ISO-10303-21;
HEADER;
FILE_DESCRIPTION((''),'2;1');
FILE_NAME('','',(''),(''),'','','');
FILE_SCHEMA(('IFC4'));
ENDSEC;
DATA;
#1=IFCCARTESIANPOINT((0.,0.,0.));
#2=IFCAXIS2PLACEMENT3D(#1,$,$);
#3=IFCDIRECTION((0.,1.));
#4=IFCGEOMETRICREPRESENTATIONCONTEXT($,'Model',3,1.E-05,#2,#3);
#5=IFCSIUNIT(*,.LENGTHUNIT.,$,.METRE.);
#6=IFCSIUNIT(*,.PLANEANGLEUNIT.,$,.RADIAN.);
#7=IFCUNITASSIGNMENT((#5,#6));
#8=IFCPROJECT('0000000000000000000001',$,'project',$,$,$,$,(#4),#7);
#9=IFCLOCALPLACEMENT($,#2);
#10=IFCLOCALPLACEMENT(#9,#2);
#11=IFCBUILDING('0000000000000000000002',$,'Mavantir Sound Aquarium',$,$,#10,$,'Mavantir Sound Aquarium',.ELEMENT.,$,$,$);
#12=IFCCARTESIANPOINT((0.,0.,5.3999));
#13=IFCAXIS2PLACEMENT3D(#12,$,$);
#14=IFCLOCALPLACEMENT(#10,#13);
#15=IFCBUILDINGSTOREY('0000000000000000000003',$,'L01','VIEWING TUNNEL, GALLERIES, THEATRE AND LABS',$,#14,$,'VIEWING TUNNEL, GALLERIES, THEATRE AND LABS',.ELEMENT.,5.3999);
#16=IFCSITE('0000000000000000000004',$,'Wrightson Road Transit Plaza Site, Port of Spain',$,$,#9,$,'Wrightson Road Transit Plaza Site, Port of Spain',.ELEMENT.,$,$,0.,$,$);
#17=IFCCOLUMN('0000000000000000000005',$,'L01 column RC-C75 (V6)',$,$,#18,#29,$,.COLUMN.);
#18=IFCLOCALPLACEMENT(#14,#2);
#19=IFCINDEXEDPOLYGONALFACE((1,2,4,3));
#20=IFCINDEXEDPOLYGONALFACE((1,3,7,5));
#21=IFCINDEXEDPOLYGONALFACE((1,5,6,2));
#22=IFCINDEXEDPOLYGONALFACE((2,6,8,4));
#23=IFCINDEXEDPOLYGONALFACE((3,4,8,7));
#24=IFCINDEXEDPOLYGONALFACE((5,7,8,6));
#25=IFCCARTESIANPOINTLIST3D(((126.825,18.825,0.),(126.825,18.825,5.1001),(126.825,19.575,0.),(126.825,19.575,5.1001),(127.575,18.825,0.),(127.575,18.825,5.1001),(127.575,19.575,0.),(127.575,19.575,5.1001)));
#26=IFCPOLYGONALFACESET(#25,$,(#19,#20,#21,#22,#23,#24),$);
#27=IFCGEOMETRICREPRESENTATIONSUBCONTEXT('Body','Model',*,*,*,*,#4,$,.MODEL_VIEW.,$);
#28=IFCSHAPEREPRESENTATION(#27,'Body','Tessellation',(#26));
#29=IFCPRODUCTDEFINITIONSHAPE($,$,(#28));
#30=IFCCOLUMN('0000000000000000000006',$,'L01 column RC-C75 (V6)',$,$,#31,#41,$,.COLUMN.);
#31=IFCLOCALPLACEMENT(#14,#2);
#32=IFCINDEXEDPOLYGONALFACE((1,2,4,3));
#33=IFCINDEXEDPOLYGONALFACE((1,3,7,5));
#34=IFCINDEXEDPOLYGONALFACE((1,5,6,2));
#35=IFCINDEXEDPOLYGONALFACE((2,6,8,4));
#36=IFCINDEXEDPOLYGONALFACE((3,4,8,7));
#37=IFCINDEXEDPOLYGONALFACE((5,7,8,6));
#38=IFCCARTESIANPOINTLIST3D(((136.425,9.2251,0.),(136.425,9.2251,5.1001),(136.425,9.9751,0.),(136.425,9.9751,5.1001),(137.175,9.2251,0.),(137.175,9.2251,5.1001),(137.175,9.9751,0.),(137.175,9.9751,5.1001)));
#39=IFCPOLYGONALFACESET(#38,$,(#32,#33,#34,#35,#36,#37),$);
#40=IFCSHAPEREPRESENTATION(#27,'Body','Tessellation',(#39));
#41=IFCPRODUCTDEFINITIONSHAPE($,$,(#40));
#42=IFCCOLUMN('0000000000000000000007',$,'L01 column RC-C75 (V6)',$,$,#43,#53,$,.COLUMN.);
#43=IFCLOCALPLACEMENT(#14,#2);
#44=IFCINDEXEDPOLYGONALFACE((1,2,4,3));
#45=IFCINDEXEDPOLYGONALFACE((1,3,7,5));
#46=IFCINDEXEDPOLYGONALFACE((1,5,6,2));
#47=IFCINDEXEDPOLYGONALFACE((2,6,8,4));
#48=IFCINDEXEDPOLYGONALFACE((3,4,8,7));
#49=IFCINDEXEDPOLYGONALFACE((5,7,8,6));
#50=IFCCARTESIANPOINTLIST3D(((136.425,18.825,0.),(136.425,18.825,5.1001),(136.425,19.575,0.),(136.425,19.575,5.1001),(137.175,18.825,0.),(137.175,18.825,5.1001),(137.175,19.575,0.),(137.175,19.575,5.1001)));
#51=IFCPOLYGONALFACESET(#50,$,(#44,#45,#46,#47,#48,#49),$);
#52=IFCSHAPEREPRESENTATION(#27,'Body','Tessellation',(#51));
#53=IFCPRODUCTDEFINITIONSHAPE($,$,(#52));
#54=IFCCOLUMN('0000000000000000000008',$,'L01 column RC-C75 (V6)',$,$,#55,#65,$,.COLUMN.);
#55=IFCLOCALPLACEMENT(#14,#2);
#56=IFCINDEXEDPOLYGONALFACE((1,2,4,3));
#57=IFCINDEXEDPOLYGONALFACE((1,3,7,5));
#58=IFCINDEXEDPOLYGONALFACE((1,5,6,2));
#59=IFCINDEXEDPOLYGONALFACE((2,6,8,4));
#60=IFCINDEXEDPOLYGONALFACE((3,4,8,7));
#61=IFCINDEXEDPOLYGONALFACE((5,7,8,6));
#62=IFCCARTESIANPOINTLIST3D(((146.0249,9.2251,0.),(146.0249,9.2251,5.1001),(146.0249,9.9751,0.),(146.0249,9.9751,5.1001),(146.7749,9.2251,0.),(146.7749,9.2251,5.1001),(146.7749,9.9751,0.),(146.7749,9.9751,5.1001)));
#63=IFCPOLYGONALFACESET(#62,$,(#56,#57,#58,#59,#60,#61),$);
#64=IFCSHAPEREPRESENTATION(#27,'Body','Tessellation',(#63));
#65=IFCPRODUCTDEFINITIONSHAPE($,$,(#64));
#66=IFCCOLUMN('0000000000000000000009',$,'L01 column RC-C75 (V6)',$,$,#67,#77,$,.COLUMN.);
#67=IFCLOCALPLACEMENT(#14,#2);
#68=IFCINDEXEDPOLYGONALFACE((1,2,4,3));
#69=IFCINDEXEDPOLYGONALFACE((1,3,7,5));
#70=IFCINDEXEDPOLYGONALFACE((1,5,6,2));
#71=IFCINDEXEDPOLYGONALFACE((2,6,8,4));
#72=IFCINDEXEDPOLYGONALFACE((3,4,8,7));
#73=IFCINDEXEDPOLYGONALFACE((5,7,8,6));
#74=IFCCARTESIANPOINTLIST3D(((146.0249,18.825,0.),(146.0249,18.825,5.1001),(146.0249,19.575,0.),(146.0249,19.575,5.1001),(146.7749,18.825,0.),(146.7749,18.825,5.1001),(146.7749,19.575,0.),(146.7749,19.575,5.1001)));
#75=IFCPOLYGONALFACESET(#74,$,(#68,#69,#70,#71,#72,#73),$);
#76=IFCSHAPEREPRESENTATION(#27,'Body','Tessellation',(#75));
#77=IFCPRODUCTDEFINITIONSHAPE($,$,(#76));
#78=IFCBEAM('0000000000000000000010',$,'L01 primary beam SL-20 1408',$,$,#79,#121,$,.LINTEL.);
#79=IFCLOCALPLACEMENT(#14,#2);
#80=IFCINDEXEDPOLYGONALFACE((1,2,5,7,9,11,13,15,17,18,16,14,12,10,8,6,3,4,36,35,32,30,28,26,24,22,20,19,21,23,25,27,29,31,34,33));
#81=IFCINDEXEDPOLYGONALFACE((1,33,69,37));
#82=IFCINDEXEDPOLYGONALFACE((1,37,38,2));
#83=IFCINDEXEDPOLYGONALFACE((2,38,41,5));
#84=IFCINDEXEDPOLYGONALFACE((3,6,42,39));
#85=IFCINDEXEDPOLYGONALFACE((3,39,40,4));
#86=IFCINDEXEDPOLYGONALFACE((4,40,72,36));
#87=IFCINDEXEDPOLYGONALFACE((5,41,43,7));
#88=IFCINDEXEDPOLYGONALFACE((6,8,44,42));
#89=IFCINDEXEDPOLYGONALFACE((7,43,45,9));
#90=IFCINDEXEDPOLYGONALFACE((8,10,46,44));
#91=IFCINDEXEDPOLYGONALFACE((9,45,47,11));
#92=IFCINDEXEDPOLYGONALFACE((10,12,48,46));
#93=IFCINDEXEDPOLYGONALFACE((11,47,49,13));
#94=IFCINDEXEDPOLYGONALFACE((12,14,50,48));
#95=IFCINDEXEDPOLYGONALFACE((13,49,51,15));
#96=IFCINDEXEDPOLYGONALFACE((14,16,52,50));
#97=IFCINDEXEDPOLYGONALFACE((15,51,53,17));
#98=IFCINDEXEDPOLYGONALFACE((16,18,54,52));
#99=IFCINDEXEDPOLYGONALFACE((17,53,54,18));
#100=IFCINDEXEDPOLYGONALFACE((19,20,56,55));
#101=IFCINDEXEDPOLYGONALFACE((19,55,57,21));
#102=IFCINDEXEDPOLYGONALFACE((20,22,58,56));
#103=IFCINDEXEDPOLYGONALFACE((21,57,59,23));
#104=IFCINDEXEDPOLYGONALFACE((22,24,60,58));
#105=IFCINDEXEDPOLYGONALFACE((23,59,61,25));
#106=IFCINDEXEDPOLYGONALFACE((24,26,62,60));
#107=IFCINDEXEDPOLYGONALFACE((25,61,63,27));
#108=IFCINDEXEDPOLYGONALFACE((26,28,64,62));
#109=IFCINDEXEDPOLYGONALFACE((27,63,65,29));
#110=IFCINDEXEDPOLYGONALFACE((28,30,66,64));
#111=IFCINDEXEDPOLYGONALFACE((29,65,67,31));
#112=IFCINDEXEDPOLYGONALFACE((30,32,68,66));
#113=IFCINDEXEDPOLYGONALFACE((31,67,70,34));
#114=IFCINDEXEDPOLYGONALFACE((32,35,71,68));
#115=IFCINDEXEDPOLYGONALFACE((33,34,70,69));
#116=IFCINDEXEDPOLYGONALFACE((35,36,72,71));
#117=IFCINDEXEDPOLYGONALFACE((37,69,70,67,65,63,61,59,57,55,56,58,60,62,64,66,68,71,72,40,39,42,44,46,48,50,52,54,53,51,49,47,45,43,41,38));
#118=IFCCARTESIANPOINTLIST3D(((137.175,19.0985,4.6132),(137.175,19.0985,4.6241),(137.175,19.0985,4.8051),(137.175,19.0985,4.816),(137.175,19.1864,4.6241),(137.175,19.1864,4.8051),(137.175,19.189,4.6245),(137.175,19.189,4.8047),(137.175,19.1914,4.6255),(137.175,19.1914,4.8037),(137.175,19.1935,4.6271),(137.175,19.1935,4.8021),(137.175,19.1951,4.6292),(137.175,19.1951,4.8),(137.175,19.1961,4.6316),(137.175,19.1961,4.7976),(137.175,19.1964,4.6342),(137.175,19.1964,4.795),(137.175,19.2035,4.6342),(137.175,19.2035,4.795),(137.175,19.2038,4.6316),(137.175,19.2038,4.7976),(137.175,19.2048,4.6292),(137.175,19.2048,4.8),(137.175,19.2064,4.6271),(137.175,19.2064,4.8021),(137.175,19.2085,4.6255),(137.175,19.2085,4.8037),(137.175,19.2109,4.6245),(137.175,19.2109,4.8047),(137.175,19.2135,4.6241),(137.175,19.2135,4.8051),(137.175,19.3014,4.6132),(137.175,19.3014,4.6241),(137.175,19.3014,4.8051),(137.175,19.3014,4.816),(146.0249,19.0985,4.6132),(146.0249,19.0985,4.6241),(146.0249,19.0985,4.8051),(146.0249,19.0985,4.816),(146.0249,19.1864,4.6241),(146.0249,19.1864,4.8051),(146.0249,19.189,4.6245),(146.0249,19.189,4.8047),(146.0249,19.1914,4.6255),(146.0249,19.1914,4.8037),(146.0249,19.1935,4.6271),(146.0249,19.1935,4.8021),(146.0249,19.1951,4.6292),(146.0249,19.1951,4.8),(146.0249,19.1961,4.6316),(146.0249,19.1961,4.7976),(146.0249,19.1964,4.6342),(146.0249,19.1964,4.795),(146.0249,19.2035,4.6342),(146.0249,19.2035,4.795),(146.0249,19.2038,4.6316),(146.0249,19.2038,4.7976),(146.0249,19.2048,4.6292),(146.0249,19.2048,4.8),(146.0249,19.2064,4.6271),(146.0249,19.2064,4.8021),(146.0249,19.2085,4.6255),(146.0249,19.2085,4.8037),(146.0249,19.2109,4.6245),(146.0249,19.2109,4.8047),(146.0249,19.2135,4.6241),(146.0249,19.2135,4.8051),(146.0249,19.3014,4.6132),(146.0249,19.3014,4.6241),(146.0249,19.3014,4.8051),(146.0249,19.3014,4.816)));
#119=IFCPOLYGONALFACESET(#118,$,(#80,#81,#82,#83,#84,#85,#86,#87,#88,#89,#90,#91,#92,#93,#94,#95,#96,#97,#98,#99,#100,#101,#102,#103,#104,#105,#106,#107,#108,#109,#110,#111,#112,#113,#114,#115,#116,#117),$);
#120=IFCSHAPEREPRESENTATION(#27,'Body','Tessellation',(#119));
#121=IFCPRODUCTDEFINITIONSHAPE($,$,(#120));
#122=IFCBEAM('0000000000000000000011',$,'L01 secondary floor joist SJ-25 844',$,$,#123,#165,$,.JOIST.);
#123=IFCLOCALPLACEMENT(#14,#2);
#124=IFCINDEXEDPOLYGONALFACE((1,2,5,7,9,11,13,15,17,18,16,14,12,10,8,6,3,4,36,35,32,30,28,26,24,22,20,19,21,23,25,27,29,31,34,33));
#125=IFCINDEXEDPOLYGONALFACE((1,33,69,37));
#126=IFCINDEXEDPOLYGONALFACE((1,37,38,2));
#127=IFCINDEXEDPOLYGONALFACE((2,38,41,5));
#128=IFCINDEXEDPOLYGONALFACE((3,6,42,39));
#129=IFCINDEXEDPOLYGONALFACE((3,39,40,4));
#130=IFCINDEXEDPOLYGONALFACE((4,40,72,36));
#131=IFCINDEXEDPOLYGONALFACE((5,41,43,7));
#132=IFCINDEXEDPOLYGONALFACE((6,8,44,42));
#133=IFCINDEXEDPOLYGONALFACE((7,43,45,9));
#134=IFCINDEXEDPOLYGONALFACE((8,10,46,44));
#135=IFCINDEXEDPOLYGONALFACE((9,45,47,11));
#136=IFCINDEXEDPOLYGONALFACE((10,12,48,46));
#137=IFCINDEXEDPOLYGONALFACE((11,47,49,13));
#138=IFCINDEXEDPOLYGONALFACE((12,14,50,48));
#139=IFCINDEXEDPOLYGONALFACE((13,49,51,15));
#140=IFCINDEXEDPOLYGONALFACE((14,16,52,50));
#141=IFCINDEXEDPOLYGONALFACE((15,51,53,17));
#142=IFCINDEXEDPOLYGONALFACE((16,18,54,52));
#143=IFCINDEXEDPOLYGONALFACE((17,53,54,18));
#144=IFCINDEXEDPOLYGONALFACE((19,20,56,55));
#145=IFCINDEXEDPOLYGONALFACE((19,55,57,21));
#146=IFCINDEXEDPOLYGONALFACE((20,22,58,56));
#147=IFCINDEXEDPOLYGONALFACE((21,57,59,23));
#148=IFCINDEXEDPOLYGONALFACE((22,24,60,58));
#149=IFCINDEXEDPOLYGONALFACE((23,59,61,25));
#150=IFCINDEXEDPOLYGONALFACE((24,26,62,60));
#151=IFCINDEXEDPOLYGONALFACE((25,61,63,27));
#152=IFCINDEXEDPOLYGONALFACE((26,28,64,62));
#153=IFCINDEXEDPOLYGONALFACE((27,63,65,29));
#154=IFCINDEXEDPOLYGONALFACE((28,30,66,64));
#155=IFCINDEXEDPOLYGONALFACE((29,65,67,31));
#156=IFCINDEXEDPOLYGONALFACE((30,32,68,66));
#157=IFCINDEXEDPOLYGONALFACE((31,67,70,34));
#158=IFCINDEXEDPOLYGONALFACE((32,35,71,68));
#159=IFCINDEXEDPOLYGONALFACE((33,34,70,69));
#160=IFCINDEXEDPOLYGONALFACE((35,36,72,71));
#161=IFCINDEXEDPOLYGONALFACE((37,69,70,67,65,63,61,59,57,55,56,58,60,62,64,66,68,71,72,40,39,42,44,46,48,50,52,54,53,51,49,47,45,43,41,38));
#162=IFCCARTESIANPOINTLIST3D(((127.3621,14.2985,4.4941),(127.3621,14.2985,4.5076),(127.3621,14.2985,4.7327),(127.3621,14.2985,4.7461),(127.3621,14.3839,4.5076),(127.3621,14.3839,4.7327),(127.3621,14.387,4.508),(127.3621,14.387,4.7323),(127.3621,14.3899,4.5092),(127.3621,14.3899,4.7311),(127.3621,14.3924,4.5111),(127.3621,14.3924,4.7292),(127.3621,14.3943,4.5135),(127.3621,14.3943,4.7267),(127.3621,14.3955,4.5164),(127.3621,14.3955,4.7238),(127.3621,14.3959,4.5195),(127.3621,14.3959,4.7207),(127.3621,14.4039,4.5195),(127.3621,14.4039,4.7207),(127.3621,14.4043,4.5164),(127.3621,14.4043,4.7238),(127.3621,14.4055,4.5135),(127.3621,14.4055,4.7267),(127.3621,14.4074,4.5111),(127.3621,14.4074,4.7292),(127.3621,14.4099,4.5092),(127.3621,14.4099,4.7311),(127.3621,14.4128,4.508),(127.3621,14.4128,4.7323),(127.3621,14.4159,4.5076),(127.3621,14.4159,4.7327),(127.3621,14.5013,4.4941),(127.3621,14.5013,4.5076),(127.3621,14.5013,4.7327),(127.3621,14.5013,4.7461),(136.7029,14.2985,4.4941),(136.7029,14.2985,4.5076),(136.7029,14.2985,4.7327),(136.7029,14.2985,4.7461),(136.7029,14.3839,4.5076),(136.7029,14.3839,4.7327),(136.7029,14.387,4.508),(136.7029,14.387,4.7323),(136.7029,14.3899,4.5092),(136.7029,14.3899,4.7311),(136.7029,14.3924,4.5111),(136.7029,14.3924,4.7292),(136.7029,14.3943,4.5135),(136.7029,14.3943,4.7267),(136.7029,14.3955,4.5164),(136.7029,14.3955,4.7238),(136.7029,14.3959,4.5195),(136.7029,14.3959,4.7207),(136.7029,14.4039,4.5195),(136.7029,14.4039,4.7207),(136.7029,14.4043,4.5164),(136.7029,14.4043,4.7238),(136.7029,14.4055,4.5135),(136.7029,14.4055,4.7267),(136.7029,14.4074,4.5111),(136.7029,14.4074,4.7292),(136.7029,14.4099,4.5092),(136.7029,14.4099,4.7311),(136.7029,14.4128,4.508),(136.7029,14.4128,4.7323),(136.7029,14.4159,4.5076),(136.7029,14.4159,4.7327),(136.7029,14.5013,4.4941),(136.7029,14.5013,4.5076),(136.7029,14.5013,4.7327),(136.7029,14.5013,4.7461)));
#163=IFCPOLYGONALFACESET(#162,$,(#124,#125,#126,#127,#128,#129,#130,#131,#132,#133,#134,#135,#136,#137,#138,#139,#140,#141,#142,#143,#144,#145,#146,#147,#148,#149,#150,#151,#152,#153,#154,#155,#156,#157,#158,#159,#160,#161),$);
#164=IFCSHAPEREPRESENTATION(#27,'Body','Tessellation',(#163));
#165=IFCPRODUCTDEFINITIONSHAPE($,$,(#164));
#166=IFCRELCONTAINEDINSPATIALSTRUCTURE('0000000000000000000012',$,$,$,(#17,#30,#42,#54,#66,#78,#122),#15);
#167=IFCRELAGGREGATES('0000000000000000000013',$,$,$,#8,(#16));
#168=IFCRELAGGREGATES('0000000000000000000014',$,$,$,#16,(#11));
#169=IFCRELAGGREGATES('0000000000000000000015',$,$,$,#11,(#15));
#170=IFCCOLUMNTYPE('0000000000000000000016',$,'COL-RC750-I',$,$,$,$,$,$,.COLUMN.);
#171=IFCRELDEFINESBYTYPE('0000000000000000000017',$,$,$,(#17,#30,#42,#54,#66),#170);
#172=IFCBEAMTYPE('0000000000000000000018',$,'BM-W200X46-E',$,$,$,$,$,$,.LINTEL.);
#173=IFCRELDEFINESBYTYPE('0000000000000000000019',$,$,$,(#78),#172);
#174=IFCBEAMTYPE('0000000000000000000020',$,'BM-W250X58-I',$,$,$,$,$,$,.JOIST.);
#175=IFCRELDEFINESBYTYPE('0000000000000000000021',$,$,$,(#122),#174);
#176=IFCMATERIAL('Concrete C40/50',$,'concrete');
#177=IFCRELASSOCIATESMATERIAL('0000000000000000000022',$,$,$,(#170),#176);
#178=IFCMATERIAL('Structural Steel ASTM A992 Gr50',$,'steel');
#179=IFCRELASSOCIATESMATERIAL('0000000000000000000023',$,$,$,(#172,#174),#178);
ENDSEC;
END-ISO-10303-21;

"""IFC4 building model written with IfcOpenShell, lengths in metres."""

from ifc_helpers import new_model, si_unit, direction, frame, origin, origin_2d, place, context, subcontext, project, spatial, rectangle, i_section, extrude, material, material_profile, profile_set, type_object, element, save


model = new_model("IFC4")

# Units and contexts
model_context = context("Model", 3, precision=1e-05, world=origin(), true_north=direction((0.0, 1.0)))
body_context = subcontext(model_context, "Body", "Model", "MODEL_VIEW")
ifc_project = project(units=[si_unit("LENGTHUNIT", "METRE"), si_unit("PLANEANGLEUNIT", "RADIAN")], contexts=[model_context])

# Site, building, storey
site_placement = place(None, origin())
site = spatial("IfcSite", under=ifc_project, at=site_placement, Name="Wrightson Road Transit Plaza Site, Port of Spain", LongName="Wrightson Road Transit Plaza Site, Port of Spain", CompositionType="ELEMENT", RefElevation=0.0)
building_placement = place(site_placement, origin())
building = spatial("IfcBuilding", under=site, at=building_placement, Name="Mavantir Sound Aquarium", LongName="Mavantir Sound Aquarium", CompositionType="ELEMENT")
storey_placement = place(building_placement, frame((0.0, 0.0, 5.3999)))
storey = spatial("IfcBuildingStorey", under=building, at=storey_placement, Name="L01", Description="VIEWING TUNNEL, GALLERIES, THEATRE AND LABS", LongName="VIEWING TUNNEL, GALLERIES, THEATRE AND LABS", CompositionType="ELEMENT", Elevation=5.3999)

# Columns
ifc_material_1 = material(Name="Concrete C40/50", Category="concrete")
ifc_material_profile_1 = material_profile(ifc_material_1, rectangle(XDim=0.75, YDim=0.75, at=origin_2d()), Name="RC 750X750")
ifc_profile_set_1 = profile_set([ifc_material_profile_1], Name="Concrete C40/50")
column_type = type_object("IfcColumnType", Name="COL-RC750-I", PredefinedType="COLUMN", material=ifc_profile_set_1)
for number, where, z_axis, x_axis, name in (
    (1, (127.2, 19.2, 0.0), (0.0, 0.0, 1.0), (1.0, 0.0, 0.0), "L01 column RC-C75 (V6)"),
    (2, (136.8, 9.6001, 0.0), (0.0, 0.0, 1.0), (1.0, 0.0, 0.0), "L01 column RC-C75 (V6)"),
    (3, (136.8, 19.2, 0.0), (0.0, 0.0, 1.0), (1.0, 0.0, 0.0), "L01 column RC-C75 (V6)"),
    (4, (146.3999, 9.6001, 0.0), (0.0, 0.0, 1.0), (1.0, 0.0, 0.0), "L01 column RC-C75 (V6)"),
    (5, (146.3999, 19.2, 0.0), (0.0, 0.0, 1.0), (1.0, 0.0, 0.0), "L01 column RC-C75 (V6)"),
):
    element("IfcColumn", number, at=place(storey_placement, frame(where, z_axis=z_axis, x_axis=x_axis)), inside=storey, type_object=column_type, Name=name, PredefinedType="COLUMN", context=body_context, shape_type="SweptSolid", body=[
        extrude(rectangle(XDim=0.75, YDim=0.75, at=origin_2d()), origin(), (0.0, 0.0, 1.0), 5.1001),
    ])

# Beams
ifc_material_2 = material(Name="Structural Steel ASTM A992 Gr50", Category="steel")
ifc_material_profile_2 = material_profile(ifc_material_2, i_section(OverallWidth=0.2029, OverallDepth=0.2029, WebThickness=0.0071, FlangeThickness=0.011, FilletRadius=0.01, at=origin_2d()), Name="W200X46")
ifc_profile_set_2 = profile_set([ifc_material_profile_2], Name="Structural Steel ASTM A992 Gr50")
beam_type_1 = type_object("IfcBeamType", Name="BM-W200X46-E", PredefinedType="LINTEL", material=ifc_profile_set_2)
beam_1_placement = place(storey_placement, frame((137.175, 19.2, 4.7146), z_axis=(1.0, 0.0, 0.0), x_axis=(0.0, 1.0, 0.0)))
element("IfcBeam", 6, at=beam_1_placement, inside=storey, type_object=beam_type_1, Name="L01 primary beam SL-20 1408", PredefinedType="LINTEL", context=body_context, shape_type="SweptSolid", body=[
    extrude(i_section(OverallWidth=0.2029, OverallDepth=0.2029, WebThickness=0.0071, FlangeThickness=0.011, FilletRadius=0.01, at=origin_2d()), origin(), (0.0, 0.0, 1.0), 8.8499),
])
ifc_material_profile_3 = material_profile(ifc_material_2, i_section(OverallWidth=0.2029, OverallDepth=0.252, WebThickness=0.0081, FlangeThickness=0.0134, FilletRadius=0.012, at=origin_2d()), Name="W250X58")
ifc_profile_set_3 = profile_set([ifc_material_profile_3], Name="Structural Steel ASTM A992 Gr50")
beam_type_2 = type_object("IfcBeamType", Name="BM-W250X58-I", PredefinedType="JOIST", material=ifc_profile_set_3)
beam_2_placement = place(storey_placement, frame((127.3621, 14.3999, 4.6201), z_axis=(1.0, 0.0, 0.0), x_axis=(0.0, 1.0, 0.0)))
element("IfcBeam", 7, at=beam_2_placement, inside=storey, type_object=beam_type_2, Name="L01 secondary floor joist SJ-25 844", PredefinedType="JOIST", context=body_context, shape_type="SweptSolid", body=[
    extrude(i_section(OverallWidth=0.2029, OverallDepth=0.252, WebThickness=0.0081, FlangeThickness=0.0134, FilletRadius=0.012, at=origin_2d()), origin(), (0.0, 0.0, 1.0), 9.3408),
])

save(model, "model.ifc")
